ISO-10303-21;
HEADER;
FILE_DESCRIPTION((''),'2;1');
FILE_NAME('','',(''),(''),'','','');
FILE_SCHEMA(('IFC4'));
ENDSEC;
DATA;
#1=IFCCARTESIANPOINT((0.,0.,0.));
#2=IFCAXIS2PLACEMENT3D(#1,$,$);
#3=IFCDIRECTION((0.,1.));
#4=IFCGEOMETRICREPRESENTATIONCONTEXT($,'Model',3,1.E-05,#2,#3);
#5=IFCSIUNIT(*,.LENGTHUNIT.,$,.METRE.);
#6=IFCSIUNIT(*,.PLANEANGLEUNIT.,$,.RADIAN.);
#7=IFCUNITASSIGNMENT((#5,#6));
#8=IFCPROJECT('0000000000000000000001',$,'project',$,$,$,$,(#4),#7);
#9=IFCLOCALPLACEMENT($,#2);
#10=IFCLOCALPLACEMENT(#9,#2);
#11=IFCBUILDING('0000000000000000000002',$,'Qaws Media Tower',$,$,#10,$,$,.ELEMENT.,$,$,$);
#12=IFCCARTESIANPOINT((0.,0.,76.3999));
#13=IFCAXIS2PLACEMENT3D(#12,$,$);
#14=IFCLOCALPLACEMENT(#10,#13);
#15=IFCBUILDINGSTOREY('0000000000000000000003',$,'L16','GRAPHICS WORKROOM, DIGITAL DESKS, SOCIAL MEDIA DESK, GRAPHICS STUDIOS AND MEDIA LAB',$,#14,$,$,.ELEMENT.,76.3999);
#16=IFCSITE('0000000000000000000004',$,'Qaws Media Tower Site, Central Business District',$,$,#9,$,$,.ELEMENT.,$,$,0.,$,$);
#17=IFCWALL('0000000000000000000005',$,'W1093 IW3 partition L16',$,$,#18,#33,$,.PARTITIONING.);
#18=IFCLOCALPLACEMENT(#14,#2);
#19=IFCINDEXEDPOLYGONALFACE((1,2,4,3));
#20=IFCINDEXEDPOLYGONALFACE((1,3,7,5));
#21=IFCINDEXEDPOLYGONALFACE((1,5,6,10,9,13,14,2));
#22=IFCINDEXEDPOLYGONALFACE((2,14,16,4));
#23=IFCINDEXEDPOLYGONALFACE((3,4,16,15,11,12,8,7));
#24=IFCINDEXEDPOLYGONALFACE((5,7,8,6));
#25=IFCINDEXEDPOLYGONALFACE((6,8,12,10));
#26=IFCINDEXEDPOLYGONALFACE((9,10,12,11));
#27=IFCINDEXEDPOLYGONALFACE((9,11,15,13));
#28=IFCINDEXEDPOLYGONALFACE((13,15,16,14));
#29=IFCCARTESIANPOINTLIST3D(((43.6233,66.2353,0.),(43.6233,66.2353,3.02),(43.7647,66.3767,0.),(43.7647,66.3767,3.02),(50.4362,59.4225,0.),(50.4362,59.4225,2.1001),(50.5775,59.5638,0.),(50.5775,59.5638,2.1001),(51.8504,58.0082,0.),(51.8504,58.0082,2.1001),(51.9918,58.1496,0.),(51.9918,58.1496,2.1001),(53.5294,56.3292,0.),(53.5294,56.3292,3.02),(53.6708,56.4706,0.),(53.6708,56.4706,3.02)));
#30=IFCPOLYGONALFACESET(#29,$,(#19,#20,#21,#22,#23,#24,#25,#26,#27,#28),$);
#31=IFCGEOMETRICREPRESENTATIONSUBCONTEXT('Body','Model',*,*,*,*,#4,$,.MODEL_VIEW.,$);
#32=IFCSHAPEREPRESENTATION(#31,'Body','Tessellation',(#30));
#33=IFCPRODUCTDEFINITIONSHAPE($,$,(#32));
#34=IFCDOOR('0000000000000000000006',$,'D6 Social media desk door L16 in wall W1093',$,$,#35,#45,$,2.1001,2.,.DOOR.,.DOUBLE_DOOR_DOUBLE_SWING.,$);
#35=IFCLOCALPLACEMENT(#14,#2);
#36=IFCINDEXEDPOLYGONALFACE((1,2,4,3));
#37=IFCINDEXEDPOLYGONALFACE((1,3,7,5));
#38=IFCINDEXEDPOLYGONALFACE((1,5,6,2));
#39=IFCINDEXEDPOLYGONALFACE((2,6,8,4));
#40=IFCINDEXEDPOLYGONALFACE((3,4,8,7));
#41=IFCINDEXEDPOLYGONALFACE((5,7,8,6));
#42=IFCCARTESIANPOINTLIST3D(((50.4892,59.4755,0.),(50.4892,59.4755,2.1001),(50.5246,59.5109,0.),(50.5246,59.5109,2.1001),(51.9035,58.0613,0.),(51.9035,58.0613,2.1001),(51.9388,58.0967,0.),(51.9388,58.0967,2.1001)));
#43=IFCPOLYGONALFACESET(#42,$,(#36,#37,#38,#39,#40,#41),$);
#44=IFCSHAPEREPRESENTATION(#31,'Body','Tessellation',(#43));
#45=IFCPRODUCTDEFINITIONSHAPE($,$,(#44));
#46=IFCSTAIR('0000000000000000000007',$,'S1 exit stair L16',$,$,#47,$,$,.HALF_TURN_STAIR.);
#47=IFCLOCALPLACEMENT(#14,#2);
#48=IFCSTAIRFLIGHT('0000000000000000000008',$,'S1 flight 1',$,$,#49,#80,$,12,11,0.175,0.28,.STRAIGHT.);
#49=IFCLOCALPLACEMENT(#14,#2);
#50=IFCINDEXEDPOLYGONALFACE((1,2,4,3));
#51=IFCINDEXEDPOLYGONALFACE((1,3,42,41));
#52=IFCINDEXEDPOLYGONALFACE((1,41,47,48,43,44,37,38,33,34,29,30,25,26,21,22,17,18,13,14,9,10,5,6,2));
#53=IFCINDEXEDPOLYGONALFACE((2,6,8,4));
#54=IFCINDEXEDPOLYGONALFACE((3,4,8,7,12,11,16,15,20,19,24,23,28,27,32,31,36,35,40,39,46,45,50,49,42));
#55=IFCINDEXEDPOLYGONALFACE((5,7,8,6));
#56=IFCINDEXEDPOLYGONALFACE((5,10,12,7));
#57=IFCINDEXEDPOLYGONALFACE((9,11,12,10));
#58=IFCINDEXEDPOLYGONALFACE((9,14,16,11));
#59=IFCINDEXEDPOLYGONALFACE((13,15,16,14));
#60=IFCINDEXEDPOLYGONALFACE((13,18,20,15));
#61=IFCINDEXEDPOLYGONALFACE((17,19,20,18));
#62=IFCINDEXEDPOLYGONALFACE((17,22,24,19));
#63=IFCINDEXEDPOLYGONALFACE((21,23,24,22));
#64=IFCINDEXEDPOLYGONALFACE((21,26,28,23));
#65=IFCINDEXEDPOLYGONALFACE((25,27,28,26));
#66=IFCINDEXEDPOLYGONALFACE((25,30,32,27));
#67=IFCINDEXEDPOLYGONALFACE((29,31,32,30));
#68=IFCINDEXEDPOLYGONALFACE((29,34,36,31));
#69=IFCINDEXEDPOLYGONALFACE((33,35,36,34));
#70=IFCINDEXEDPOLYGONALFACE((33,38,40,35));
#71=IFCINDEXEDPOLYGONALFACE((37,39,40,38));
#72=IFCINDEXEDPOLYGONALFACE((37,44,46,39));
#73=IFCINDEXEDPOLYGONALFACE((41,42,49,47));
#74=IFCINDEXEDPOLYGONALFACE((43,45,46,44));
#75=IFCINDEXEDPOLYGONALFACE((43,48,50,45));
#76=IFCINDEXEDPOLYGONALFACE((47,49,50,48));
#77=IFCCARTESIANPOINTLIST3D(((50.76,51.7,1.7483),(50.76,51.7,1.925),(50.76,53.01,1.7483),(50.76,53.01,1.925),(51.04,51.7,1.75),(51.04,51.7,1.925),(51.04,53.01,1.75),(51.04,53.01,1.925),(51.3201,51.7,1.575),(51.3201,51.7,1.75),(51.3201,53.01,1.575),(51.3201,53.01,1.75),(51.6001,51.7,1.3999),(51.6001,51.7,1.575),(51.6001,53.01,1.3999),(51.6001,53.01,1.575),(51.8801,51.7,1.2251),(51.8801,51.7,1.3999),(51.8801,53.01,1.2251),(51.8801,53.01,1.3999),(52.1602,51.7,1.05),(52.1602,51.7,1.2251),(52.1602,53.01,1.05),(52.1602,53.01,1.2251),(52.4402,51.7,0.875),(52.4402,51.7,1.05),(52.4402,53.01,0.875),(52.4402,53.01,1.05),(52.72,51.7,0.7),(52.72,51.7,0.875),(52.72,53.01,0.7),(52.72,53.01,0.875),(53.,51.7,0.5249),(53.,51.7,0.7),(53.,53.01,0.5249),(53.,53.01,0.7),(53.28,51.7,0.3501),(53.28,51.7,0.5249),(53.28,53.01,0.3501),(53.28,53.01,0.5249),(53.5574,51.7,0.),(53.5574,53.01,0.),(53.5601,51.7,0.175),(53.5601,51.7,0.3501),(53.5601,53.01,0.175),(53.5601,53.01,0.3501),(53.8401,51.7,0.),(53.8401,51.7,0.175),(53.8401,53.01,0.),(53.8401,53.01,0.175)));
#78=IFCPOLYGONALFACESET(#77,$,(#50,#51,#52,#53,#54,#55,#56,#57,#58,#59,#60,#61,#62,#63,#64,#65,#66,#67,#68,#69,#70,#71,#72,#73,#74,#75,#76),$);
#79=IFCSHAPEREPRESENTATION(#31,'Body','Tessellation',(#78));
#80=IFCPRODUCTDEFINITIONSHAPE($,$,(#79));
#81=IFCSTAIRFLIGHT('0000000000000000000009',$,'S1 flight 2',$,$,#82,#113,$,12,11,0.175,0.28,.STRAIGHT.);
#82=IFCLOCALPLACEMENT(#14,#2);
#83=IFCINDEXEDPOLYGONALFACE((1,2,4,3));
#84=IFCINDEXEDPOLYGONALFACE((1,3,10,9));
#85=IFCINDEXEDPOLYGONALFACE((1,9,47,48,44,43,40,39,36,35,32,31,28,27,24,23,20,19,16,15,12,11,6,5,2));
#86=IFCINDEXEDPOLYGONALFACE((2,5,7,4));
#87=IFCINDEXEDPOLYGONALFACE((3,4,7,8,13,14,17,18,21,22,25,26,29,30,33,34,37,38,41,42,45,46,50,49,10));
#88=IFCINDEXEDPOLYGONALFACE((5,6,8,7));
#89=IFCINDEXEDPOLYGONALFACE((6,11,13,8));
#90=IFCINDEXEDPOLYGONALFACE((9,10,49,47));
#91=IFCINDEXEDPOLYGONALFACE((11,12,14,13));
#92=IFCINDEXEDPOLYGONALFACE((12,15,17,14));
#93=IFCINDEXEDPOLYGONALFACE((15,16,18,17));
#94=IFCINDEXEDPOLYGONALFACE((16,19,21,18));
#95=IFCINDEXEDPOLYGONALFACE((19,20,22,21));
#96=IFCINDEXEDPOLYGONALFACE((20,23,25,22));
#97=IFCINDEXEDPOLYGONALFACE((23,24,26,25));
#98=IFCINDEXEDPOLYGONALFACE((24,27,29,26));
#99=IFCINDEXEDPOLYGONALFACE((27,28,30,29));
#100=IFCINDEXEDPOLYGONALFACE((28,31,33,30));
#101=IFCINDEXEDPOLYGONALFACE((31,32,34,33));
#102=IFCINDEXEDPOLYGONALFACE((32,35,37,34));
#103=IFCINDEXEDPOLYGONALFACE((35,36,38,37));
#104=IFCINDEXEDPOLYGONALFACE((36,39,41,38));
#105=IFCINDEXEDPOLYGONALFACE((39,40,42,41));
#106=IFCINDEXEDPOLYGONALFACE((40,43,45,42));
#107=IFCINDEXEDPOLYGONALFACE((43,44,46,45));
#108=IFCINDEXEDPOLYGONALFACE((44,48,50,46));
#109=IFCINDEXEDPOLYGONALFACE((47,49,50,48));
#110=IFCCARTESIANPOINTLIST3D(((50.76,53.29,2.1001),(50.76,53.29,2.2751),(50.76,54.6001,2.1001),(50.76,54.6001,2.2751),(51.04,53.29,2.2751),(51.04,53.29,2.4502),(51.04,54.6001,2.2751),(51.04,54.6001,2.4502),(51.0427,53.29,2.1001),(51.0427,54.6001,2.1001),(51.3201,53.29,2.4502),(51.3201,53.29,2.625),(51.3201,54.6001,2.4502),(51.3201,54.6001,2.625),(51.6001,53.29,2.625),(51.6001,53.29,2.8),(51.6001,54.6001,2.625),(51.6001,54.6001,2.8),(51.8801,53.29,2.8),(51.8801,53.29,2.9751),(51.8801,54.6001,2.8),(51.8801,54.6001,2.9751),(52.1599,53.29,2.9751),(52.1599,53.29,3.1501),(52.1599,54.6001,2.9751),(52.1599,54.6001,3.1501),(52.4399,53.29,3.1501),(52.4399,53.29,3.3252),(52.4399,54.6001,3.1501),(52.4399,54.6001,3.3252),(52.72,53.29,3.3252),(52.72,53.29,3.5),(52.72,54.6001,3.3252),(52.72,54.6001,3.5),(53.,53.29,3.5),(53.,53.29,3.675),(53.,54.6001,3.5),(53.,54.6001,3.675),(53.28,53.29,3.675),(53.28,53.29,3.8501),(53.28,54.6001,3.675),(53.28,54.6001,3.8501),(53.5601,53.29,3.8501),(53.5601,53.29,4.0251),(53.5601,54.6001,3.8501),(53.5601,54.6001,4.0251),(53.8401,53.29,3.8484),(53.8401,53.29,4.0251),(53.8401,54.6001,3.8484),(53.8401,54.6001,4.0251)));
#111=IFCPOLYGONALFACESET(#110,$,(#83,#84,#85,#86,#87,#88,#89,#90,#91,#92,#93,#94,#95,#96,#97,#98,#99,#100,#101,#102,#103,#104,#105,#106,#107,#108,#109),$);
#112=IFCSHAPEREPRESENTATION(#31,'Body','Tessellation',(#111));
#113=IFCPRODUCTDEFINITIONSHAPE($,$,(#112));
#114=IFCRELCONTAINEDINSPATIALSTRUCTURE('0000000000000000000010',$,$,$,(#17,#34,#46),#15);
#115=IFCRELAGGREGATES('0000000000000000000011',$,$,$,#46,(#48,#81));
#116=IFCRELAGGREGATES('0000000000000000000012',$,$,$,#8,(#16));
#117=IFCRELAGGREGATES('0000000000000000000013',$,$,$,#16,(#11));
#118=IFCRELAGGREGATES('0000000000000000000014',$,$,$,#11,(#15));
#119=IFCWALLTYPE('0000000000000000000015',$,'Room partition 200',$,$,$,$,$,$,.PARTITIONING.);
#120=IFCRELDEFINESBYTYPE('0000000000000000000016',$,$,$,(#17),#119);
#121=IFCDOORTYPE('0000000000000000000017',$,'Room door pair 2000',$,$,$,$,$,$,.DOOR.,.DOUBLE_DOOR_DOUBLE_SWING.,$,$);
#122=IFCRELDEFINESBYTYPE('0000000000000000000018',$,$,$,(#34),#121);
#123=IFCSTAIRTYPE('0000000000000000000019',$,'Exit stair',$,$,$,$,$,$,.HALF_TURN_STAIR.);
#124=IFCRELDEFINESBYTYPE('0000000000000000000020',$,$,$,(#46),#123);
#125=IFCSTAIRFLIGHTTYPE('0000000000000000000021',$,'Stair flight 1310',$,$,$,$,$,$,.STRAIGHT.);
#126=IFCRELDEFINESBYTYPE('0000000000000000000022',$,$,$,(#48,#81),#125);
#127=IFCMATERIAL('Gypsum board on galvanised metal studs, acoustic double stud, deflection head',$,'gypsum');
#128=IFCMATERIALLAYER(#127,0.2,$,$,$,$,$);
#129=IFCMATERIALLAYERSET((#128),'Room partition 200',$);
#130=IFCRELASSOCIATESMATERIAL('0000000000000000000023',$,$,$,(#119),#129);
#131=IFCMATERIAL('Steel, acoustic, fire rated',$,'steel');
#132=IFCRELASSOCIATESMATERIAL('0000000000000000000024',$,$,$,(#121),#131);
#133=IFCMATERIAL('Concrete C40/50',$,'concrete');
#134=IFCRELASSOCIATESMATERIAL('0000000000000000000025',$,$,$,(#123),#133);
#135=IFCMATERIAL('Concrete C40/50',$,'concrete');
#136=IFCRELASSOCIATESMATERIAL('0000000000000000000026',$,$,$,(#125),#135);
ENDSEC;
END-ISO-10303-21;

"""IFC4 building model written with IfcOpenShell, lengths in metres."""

from ifc_helpers import new_model, si_unit, direction, frame, frame_2d, origin, place, context, subcontext, project, spatial, polyline, rectangle, outline, extrude, material, layer, layer_set, type_object, element, fill, aggregate, save


model = new_model("IFC4")

# Units and contexts
model_context = context("Model", 3, precision=1e-05, world=origin(), true_north=direction((0.0, 1.0)))
body_context = subcontext(model_context, "Body", "Model", "MODEL_VIEW")
ifc_project = project(units=[si_unit("LENGTHUNIT", "METRE"), si_unit("PLANEANGLEUNIT", "RADIAN")], contexts=[model_context])

# Site, building, storey
site_placement = place(None, origin())
site = spatial("IfcSite", under=ifc_project, at=site_placement, Name="Qaws Media Tower Site, Central Business District", CompositionType="ELEMENT", RefElevation=0.0)
building_placement = place(site_placement, origin())
building = spatial("IfcBuilding", under=site, at=building_placement, Name="Qaws Media Tower", CompositionType="ELEMENT")
storey_placement = place(building_placement, frame((0.0, 0.0, 76.3999)))
storey = spatial("IfcBuildingStorey", under=building, at=storey_placement, Name="L16", Description="GRAPHICS WORKROOM, DIGITAL DESKS, SOCIAL MEDIA DESK, GRAPHICS STUDIOS AND MEDIA LAB", CompositionType="ELEMENT", Elevation=76.3999)

# Wall, opening, door
ifc_material_1 = material(Name="Gypsum board on galvanised metal studs, acoustic double stud, deflection head", Category="gypsum")
ifc_layer_1 = layer(ifc_material_1, 0.2)
ifc_layer_set_1 = layer_set([ifc_layer_1], Name="Room partition 200")
wall_type_1 = type_object("IfcWallType", Name="Room partition 200", PredefinedType="PARTITIONING", material=ifc_layer_set_1)
wall_1_placement = place(storey_placement, frame((53.6001, 56.3999, 0.0), z_axis=(0.0, 0.0, 1.0), x_axis=(-0.707107, 0.707107, 0.0)))
wall_1 = element("IfcWall", 1, at=wall_1_placement, inside=storey, type_object=wall_type_1, Name="W1093 IW3 partition L16", PredefinedType="PARTITIONING", context=body_context, shape_type="SweptSolid", body=[
    extrude(rectangle(XDim=14.0093, YDim=0.2, at=frame_2d((7.0046, 0.0))), origin(), (0.0, 0.0, 1.0), 3.02),
])
opening_1_placement = place(wall_1_placement, frame((2.3745, 0.0, 0.0)))
opening_1 = element("IfcOpeningElement", 2, at=opening_1_placement, cuts=wall_1, PredefinedType="OPENING", context=body_context, shape_type="SweptSolid", body=[
    extrude(rectangle(XDim=2.0, YDim=2.1001, at=frame_2d((1.0, 1.05))), frame((0.0, 0.1099, 0.0), z_axis=(0.0, -1.0, 0.0), x_axis=(1.0, 0.0, 0.0)), (0.0, 0.0, 1.0), 0.22),
])
ifc_material_2 = material(Name="Steel, acoustic, fire rated", Category="steel")
door_type_1 = type_object("IfcDoorType", Name="Room door pair 2000", OperationType="DOUBLE_DOOR_DOUBLE_SWING", PredefinedType="DOOR", material=ifc_material_2)
door_1_placement = place(opening_1_placement, origin())
door_1 = element("IfcDoor", 3, at=door_1_placement, inside=storey, type_object=door_type_1, Name="D6 Social media desk door L16 in wall W1093", OperationType="DOUBLE_DOOR_DOUBLE_SWING", OverallHeight=2.1001, OverallWidth=2.0, PredefinedType="DOOR", context=body_context, shape_type="SweptSolid", body=[
    extrude(rectangle(XDim=2.0, YDim=2.1001, at=frame_2d((1.0, 1.05))), frame((0.0, 0.0249, 0.0), z_axis=(0.0, -1.0, 0.0), x_axis=(1.0, 0.0, 0.0)), (0.0, 0.0, 1.0), 0.05),
])
fill(opening_1, door_1)

# Stair, stair flights
ifc_material_3 = material(Name="Concrete C40/50", Category="concrete")
stair_type = type_object("IfcStairType", Name="Exit stair", PredefinedType="HALF_TURN_STAIR", material=ifc_material_3)
stair_placement = place(storey_placement, origin())
stair = element("IfcStair", 4, at=stair_placement, inside=storey, type_object=stair_type, Name="S1 exit stair L16", PredefinedType="HALF_TURN_STAIR")
ifc_material_4 = material(Name="Concrete C40/50", Category="concrete")
stair_flight_type = type_object("IfcStairFlightType", Name="Stair flight 1310", PredefinedType="STRAIGHT", material=ifc_material_4)
stair_flight_1_placement = place(storey_placement, frame((53.8401, 52.355, 0.0), z_axis=(0.0, 0.0, 1.0), x_axis=(-1.0, 0.0, 0.0)))
stair_flight_1 = element("IfcStairFlight", 5, at=stair_flight_1_placement, type_object=stair_flight_type, Name="S1 flight 1", NumberOfRisers=12, NumberOfTreads=11, PredefinedType="STRAIGHT", RiserHeight=0.175, TreadLength=0.28, context=body_context, shape_type="SweptSolid", body=[
    extrude(outline(polyline([(0.0, 0.0), (0.0, 0.175), (0.28, 0.175), (0.28, 0.3501), (0.5601, 0.3501), (0.5601, 0.5249), (0.8401, 0.5249), (0.8401, 0.7), (1.1201, 0.7), (1.1201, 0.875), (1.3999, 0.875), (1.3999, 1.05), (1.6799, 1.05), (1.6799, 1.2251), (1.96, 1.2251), (1.96, 1.3999), (2.24, 1.3999), (2.24, 1.575), (2.52, 1.575), (2.52, 1.75), (2.8, 1.75), (2.8, 1.925), (3.0801, 1.925), (3.0801, 2.1001), (3.0801, 1.7483), (0.2827, 0.0), (0.0, 0.0)])), frame((0.0, 0.655, 0.0), z_axis=(0.0, -1.0, 0.0), x_axis=(1.0, 0.0, 0.0)), (0.0, 0.0, 1.0), 1.3101),
])
stair_flight_2_placement = place(storey_placement, frame((50.76, 53.9451, 2.1001), z_axis=(0.0, 0.0, 1.0), x_axis=(1.0, 0.0, 0.0)))
stair_flight_2 = element("IfcStairFlight", 6, at=stair_flight_2_placement, type_object=stair_flight_type, Name="S1 flight 2", NumberOfRisers=12, NumberOfTreads=11, PredefinedType="STRAIGHT", RiserHeight=0.175, TreadLength=0.28, context=body_context, shape_type="SweptSolid", body=[
    extrude(outline(polyline([(0.0, 0.0), (0.0, 0.175), (0.28, 0.175), (0.28, 0.3501), (0.5601, 0.3501), (0.5601, 0.5249), (0.8401, 0.5249), (0.8401, 0.7), (1.1201, 0.7), (1.1201, 0.875), (1.3999, 0.875), (1.3999, 1.05), (1.6799, 1.05), (1.6799, 1.2251), (1.96, 1.2251), (1.96, 1.3999), (2.24, 1.3999), (2.24, 1.575), (2.52, 1.575), (2.52, 1.75), (2.8, 1.75), (2.8, 1.925), (3.0801, 1.925), (3.0801, 2.1001), (3.0801, 1.7483), (0.2827, 0.0), (0.0, 0.0)])), frame((0.0, 0.655, 0.0), z_axis=(0.0, -1.0, 0.0), x_axis=(1.0, 0.0, 0.0)), (0.0, 0.0, 1.0), 1.3101),
])
aggregate(stair, [stair_flight_1, stair_flight_2])

save(model, "model.ifc")
